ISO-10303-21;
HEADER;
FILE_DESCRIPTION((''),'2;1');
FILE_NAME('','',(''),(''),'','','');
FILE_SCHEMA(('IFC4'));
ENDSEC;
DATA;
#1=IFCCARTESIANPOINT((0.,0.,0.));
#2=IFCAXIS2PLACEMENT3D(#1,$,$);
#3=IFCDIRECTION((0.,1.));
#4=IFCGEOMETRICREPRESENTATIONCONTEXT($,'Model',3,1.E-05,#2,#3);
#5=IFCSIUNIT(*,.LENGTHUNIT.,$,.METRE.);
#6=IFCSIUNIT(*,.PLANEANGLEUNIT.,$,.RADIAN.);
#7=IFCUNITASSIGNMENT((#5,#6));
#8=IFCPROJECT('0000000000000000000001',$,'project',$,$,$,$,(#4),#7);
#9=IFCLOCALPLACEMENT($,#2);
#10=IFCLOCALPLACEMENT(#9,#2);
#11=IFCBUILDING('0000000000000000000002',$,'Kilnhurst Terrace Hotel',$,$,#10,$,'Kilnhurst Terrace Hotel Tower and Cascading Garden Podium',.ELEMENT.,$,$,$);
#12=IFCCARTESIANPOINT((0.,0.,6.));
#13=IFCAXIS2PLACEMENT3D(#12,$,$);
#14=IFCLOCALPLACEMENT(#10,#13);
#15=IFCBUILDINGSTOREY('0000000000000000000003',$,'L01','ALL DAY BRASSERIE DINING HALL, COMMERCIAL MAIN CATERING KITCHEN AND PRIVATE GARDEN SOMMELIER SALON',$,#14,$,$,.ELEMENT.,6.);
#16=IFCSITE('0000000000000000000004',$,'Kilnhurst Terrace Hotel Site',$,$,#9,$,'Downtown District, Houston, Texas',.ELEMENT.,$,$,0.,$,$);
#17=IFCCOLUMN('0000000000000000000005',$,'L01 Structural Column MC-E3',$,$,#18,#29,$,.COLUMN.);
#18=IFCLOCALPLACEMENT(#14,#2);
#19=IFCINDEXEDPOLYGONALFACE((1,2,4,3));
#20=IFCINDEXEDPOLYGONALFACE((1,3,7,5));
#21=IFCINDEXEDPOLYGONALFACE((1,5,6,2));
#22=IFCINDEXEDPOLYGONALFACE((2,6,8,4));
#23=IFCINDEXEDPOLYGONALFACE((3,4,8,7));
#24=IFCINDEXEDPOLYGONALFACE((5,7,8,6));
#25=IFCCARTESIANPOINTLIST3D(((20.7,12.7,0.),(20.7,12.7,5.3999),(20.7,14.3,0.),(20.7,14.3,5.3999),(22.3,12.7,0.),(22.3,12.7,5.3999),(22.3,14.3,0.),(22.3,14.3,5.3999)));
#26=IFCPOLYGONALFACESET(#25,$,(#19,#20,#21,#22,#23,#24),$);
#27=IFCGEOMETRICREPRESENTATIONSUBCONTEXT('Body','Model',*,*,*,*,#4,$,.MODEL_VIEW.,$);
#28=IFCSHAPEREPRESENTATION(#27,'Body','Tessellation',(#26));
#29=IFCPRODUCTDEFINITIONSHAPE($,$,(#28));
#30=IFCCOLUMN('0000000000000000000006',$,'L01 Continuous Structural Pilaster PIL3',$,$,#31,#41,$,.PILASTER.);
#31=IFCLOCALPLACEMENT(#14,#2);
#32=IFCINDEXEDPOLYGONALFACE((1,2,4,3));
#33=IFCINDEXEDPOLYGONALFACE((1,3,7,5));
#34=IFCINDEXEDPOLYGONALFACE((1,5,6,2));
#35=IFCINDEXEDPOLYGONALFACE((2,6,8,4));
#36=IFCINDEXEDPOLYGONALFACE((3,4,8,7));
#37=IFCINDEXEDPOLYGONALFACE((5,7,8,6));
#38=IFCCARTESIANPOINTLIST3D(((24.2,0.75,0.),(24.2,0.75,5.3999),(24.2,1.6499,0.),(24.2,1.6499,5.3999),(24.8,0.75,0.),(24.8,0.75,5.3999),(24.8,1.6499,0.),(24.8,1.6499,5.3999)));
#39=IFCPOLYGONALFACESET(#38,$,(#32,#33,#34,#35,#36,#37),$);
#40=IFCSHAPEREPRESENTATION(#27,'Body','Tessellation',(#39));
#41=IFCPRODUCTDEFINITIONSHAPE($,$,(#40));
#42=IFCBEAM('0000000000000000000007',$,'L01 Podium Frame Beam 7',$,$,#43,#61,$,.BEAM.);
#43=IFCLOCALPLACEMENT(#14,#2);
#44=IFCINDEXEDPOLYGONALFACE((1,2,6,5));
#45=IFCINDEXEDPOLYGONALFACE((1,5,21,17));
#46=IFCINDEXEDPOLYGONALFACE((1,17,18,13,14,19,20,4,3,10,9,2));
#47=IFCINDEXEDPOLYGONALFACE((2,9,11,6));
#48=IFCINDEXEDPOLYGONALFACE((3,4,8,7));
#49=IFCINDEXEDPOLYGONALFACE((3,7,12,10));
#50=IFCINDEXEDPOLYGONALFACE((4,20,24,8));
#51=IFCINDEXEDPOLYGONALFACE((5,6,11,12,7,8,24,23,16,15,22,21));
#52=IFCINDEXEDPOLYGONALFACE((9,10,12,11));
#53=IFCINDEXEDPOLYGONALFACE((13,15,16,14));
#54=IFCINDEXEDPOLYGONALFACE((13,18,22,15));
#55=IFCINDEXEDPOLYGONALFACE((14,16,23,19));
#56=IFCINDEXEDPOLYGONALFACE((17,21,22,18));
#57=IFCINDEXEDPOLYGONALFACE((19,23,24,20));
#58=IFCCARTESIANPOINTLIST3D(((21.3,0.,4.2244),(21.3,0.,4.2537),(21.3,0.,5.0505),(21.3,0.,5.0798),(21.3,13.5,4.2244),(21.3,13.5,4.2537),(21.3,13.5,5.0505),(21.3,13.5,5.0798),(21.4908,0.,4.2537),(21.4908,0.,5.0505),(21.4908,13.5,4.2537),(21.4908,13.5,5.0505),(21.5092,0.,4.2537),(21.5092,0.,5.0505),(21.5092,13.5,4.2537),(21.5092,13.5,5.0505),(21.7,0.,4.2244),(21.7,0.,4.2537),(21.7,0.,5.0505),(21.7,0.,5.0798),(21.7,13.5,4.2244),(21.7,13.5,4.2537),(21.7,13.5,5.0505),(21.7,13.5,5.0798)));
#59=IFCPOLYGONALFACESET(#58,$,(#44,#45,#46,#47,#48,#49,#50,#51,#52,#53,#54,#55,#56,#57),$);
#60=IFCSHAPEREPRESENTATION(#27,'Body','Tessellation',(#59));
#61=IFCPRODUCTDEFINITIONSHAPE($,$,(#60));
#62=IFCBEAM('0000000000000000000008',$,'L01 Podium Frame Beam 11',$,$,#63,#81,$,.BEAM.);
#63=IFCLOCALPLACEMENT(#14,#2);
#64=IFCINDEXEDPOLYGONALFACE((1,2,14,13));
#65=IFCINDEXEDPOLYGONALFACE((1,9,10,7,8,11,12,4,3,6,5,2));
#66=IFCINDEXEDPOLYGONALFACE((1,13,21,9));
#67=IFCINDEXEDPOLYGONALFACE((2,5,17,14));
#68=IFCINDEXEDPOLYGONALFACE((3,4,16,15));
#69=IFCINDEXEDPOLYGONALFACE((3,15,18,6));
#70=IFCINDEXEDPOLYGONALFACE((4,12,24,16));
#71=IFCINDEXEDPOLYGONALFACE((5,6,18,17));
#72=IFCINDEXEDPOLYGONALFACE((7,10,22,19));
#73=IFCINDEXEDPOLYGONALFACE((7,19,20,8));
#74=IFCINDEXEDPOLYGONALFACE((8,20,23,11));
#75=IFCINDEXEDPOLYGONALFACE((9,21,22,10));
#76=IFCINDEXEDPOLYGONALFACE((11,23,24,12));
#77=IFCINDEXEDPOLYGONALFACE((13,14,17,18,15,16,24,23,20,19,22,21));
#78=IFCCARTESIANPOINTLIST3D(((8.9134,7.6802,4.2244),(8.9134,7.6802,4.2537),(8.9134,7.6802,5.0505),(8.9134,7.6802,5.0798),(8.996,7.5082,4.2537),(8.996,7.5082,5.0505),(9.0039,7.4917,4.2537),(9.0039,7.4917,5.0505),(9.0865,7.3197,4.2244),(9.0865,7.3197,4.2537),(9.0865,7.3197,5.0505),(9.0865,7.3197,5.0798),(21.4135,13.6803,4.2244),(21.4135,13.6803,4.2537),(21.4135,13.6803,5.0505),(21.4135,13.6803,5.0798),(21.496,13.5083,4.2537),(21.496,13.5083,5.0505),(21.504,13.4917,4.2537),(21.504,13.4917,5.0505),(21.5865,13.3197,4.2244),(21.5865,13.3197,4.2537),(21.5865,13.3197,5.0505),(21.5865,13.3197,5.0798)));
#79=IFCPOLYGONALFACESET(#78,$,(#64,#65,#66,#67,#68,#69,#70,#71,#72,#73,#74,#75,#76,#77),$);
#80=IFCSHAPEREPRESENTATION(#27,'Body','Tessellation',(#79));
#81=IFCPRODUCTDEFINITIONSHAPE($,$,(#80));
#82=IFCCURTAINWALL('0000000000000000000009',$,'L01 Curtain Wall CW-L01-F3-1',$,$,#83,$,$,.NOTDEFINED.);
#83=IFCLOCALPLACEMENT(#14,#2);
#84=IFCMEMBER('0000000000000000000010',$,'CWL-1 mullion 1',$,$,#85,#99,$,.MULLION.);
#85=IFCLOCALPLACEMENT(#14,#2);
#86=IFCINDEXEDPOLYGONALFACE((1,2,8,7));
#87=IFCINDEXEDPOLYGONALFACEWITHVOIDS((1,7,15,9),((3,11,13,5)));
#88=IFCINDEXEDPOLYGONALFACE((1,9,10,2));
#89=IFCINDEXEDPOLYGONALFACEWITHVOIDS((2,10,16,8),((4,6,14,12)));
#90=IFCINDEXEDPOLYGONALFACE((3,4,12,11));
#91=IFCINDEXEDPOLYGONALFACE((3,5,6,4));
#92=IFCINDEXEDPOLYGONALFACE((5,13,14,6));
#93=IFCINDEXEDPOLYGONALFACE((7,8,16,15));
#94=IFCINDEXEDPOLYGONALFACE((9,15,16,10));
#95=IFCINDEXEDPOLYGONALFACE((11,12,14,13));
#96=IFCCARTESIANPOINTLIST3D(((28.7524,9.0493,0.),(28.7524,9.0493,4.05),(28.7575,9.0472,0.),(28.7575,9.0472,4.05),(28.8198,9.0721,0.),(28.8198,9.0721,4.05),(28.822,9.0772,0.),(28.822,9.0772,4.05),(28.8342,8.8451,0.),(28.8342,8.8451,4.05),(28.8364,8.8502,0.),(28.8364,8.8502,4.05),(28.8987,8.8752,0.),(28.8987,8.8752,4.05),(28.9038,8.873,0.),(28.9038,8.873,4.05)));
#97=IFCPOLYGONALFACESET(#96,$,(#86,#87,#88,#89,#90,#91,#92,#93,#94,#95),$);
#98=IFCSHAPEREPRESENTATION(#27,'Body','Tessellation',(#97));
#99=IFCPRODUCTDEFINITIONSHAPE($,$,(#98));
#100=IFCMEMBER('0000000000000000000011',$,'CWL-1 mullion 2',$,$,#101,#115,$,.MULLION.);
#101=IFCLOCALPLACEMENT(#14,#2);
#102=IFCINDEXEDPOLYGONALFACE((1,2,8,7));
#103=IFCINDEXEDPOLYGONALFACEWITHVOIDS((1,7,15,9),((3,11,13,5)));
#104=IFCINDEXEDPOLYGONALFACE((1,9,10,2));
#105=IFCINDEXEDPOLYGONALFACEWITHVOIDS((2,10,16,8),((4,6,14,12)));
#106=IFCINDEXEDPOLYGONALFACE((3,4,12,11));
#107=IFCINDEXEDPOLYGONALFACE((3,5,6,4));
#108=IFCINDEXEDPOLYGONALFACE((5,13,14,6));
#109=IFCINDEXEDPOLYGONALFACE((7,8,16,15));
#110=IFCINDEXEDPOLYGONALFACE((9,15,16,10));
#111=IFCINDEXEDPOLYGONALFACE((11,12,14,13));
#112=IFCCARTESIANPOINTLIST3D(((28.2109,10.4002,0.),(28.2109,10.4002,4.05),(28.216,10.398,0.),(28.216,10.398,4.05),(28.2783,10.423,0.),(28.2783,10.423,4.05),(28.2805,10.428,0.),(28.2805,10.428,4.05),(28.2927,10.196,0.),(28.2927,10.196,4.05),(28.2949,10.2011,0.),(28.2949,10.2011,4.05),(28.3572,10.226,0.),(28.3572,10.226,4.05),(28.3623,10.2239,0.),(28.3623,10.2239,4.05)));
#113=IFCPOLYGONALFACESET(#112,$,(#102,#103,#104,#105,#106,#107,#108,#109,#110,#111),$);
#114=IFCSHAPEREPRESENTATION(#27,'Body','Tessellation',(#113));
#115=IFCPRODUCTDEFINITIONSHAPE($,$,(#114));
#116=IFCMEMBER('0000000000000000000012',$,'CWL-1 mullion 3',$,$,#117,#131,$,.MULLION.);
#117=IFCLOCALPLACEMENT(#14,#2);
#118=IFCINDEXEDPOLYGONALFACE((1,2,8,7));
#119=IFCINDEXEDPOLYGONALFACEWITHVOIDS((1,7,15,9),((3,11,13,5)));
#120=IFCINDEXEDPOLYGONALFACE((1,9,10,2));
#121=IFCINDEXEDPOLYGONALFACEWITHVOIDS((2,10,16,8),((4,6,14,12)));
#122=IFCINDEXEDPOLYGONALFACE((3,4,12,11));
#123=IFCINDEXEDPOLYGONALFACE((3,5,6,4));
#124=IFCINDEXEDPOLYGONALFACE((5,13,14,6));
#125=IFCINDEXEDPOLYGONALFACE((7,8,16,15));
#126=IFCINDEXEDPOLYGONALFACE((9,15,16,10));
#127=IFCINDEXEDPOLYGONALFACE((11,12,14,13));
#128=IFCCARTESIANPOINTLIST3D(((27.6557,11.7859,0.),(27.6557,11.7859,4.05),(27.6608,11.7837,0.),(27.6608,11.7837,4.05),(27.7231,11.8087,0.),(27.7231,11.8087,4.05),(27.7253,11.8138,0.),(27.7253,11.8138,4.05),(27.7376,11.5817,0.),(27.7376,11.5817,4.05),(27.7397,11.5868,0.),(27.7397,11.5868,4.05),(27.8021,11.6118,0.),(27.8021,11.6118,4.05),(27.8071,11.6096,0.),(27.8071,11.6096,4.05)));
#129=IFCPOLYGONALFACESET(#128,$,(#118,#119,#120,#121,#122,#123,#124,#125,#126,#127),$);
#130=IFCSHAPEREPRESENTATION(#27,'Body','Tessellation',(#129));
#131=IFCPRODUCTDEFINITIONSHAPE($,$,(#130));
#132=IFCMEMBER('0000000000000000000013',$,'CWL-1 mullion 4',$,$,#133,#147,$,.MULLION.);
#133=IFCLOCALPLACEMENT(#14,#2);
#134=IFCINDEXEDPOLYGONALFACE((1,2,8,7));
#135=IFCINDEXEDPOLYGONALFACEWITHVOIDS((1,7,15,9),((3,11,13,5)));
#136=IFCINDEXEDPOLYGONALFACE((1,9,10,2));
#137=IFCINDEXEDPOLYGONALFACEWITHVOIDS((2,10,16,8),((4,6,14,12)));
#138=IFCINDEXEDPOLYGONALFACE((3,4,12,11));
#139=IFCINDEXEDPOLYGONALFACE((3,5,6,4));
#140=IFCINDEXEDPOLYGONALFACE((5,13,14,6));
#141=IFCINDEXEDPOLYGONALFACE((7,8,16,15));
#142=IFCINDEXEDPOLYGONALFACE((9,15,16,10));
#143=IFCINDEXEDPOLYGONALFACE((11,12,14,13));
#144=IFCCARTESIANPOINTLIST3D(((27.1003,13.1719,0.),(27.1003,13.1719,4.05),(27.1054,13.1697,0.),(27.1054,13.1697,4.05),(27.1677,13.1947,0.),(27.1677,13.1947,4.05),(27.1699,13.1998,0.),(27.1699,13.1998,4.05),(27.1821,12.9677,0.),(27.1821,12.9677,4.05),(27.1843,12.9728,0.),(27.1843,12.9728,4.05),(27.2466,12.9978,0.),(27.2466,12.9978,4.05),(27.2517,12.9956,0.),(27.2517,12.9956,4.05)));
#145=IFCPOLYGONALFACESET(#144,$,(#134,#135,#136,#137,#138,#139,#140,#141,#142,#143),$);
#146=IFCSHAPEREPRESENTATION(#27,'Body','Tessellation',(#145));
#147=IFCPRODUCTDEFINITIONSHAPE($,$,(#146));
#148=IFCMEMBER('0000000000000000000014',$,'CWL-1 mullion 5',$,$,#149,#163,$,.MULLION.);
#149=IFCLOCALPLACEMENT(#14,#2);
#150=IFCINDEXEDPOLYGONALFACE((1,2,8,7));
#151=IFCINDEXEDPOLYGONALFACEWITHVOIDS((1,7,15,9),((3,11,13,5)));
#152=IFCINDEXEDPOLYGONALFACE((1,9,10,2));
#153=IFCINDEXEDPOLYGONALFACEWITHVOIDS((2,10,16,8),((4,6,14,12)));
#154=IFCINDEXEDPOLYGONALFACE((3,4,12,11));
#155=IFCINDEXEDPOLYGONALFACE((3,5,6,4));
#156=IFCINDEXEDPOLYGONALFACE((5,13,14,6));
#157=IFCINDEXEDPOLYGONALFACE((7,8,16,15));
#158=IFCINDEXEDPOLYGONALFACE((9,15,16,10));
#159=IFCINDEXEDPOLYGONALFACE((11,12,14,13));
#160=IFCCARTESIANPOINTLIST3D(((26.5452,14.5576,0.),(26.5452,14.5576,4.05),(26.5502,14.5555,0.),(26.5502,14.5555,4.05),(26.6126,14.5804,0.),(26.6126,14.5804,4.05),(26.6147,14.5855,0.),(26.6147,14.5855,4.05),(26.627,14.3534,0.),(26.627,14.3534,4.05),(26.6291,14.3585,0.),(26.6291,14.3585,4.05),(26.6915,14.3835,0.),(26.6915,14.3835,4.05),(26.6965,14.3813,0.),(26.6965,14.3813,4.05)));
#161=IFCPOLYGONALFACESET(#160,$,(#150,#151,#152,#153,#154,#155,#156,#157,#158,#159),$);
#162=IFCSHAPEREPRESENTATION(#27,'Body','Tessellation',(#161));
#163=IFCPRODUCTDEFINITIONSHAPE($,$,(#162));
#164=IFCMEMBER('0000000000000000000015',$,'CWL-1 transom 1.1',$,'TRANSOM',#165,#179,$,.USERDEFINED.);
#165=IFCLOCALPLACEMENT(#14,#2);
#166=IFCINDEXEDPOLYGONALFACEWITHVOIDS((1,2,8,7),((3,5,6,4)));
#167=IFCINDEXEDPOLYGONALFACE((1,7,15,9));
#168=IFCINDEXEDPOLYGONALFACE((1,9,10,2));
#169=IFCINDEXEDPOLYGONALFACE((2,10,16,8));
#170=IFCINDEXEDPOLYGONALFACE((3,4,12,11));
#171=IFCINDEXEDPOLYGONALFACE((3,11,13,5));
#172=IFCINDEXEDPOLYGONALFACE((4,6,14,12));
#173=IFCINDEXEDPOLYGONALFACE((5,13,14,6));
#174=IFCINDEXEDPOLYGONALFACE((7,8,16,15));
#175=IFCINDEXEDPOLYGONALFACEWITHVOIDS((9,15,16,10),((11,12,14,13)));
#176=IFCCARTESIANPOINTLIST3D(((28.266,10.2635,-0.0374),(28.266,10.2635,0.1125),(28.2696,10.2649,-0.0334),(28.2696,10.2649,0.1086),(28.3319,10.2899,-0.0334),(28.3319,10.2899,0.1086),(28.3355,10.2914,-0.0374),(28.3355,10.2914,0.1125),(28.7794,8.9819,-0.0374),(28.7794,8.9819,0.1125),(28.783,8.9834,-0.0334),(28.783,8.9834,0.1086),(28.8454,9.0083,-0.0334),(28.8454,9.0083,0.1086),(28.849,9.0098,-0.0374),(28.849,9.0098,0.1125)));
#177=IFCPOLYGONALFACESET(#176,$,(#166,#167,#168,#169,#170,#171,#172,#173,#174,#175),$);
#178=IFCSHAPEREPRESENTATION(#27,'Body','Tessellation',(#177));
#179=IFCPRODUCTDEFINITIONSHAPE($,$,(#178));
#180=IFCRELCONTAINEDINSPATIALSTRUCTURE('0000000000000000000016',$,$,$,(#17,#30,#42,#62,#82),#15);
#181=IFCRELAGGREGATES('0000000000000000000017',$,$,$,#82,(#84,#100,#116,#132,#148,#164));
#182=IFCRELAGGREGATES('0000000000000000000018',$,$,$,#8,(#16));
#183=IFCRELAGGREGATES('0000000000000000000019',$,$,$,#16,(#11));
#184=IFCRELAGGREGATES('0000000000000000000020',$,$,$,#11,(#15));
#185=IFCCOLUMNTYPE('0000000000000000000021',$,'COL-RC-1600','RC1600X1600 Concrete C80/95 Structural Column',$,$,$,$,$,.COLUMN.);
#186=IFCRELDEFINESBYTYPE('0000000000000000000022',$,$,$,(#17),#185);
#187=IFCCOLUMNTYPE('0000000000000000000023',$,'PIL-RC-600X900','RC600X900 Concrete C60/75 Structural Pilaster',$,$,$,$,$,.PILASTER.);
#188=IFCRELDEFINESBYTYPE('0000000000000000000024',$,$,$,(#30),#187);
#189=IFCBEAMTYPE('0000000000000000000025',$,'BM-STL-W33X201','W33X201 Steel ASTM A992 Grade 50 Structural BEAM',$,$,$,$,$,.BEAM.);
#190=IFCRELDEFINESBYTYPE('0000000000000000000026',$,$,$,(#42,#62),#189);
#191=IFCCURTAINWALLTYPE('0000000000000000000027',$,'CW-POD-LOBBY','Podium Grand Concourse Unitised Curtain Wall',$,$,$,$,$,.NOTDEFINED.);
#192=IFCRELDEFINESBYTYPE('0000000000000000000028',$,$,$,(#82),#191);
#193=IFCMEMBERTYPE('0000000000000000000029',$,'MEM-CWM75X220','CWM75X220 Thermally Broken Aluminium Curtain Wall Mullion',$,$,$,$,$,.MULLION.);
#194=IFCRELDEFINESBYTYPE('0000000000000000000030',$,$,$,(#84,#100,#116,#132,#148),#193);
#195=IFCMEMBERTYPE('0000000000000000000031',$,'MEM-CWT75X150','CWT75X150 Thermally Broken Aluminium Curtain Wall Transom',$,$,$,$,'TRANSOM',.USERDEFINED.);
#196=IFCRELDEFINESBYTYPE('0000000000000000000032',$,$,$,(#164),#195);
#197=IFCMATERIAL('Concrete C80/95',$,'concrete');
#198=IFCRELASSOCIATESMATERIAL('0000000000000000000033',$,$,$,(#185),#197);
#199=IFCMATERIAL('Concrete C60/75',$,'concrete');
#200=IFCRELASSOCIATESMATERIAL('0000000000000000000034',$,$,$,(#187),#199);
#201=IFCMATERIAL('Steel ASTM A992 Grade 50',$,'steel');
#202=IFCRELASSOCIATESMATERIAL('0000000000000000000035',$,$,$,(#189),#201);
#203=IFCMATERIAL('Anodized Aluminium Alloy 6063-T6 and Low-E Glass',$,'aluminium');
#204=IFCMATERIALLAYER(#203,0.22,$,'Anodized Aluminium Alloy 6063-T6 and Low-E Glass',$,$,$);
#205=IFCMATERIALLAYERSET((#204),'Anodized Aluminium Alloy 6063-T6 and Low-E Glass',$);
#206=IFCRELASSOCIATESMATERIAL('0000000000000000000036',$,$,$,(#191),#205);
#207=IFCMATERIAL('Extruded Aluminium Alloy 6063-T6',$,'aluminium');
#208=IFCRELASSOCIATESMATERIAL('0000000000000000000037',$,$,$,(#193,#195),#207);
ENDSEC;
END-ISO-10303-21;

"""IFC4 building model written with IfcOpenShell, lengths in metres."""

from ifc_helpers import new_model, si_unit, direction, frame, origin, origin_2d, place, context, subcontext, project, spatial, rectangle, hollow_rectangle, i_section, extrude, material, layer, layer_set, material_profile, profile_set, type_object, element, aggregate, save


model = new_model("IFC4")

# Units and contexts
model_context = context("Model", 3, precision=1e-05, world=origin(), true_north=direction((0.0, 1.0)))
body_context = subcontext(model_context, "Body", "Model", "MODEL_VIEW")
ifc_project = project(units=[si_unit("LENGTHUNIT", "METRE"), si_unit("PLANEANGLEUNIT", "RADIAN")], contexts=[model_context])

# Site, building, storey
site_placement = place(None, origin())
site = spatial("IfcSite", under=ifc_project, at=site_placement, Name="Kilnhurst Terrace Hotel Site", LongName="Downtown District, Houston, Texas", CompositionType="ELEMENT", RefElevation=0.0)
building_placement = place(site_placement, origin())
building = spatial("IfcBuilding", under=site, at=building_placement, Name="Kilnhurst Terrace Hotel", LongName="Kilnhurst Terrace Hotel Tower and Cascading Garden Podium", CompositionType="ELEMENT")
storey_placement = place(building_placement, frame((0.0, 0.0, 6.0)))
storey = spatial("IfcBuildingStorey", under=building, at=storey_placement, Name="L01", Description="ALL DAY BRASSERIE DINING HALL, COMMERCIAL MAIN CATERING KITCHEN AND PRIVATE GARDEN SOMMELIER SALON", CompositionType="ELEMENT", Elevation=6.0)

# Columns
ifc_material_1 = material(Name="Concrete C80/95", Category="concrete")
ifc_material_profile_1 = material_profile(ifc_material_1, rectangle(XDim=1.6001, YDim=1.6001, at=origin_2d()), Name="RC1600X1600")
ifc_profile_set_1 = profile_set([ifc_material_profile_1], Name="Concrete C80/95")
column_type_1 = type_object("IfcColumnType", Name="COL-RC-1600", Description="RC1600X1600 Concrete C80/95 Structural Column", PredefinedType="COLUMN", material=ifc_profile_set_1)
column_1_placement = place(storey_placement, frame((21.5, 13.5, 0.0), z_axis=(0.0, 0.0, 1.0), x_axis=(1.0, 0.0, 0.0)))
element("IfcColumn", 1, at=column_1_placement, inside=storey, type_object=column_type_1, Name="L01 Structural Column MC-E3", PredefinedType="COLUMN", context=body_context, shape_type="SweptSolid", body=[
    extrude(rectangle(XDim=1.6001, YDim=1.6001, at=origin_2d()), origin(), (0.0, 0.0, 1.0), 5.3999),
])
ifc_material_2 = material(Name="Concrete C60/75", Category="concrete")
ifc_material_profile_2 = material_profile(ifc_material_2, rectangle(XDim=0.6001, YDim=0.8999, at=origin_2d()), Name="RC600X900")
ifc_profile_set_2 = profile_set([ifc_material_profile_2], Name="Concrete C60/75")
column_type_2 = type_object("IfcColumnType", Name="PIL-RC-600X900", Description="RC600X900 Concrete C60/75 Structural Pilaster", PredefinedType="PILASTER", material=ifc_profile_set_2)
column_2_placement = place(storey_placement, frame((24.5, 1.2, 0.0), z_axis=(0.0, 0.0, 1.0), x_axis=(1.0, 0.0, 0.0)))
element("IfcColumn", 2, at=column_2_placement, inside=storey, type_object=column_type_2, Name="L01 Continuous Structural Pilaster PIL3", PredefinedType="PILASTER", context=body_context, shape_type="SweptSolid", body=[
    extrude(rectangle(XDim=0.6001, YDim=0.8999, at=origin_2d()), origin(), (0.0, 0.0, 1.0), 5.3999),
])

# Beams
ifc_material_3 = material(Name="Steel ASTM A992 Grade 50", Category="steel")
ifc_material_profile_3 = material_profile(ifc_material_3, i_section(OverallWidth=0.3999, OverallDepth=0.8555, WebThickness=0.0183, FlangeThickness=0.0293, at=origin_2d()), Name="W33X201")
ifc_profile_set_3 = profile_set([ifc_material_profile_3], Name="Steel ASTM A992 Grade 50")
beam_type_1 = type_object("IfcBeamType", Name="BM-STL-W33X201", Description="W33X201 Steel ASTM A992 Grade 50 Structural BEAM", PredefinedType="BEAM", material=ifc_profile_set_3)
beam_1_placement = place(storey_placement, frame((21.5, 13.5, 4.6521), z_axis=(0.0, -1.0, 0.0), x_axis=(1.0, 0.0, 0.0)))
element("IfcBeam", 3, at=beam_1_placement, inside=storey, type_object=beam_type_1, Name="L01 Podium Frame Beam 7", PredefinedType="BEAM", context=body_context, shape_type="SweptSolid", body=[
    extrude(i_section(OverallWidth=0.3999, OverallDepth=0.8555, WebThickness=0.0183, FlangeThickness=0.0293, at=origin_2d()), origin(), (0.0, 0.0, 1.0), 13.5),
])
beam_2_placement = place(storey_placement, frame((21.5, 13.5, 4.6521), z_axis=(-0.901523, -0.432731, 0.0), x_axis=(0.432731, -0.901523, 0.0)))
element("IfcBeam", 4, at=beam_2_placement, inside=storey, type_object=beam_type_1, Name="L01 Podium Frame Beam 11", PredefinedType="BEAM", context=body_context, shape_type="SweptSolid", body=[
    extrude(i_section(OverallWidth=0.3999, OverallDepth=0.8555, WebThickness=0.0183, FlangeThickness=0.0293, at=origin_2d()), origin(), (0.0, 0.0, 1.0), 13.8655),
])

# Curtain wall, members
ifc_material_4 = material(Name="Anodized Aluminium Alloy 6063-T6 and Low-E Glass", Category="aluminium")
ifc_layer_1 = layer(ifc_material_4, 0.22, Name="Anodized Aluminium Alloy 6063-T6 and Low-E Glass")
ifc_layer_set_1 = layer_set([ifc_layer_1], Name="Anodized Aluminium Alloy 6063-T6 and Low-E Glass")
curtain_wall_type = type_object("IfcCurtainWallType", Name="CW-POD-LOBBY", Description="Podium Grand Concourse Unitised Curtain Wall", PredefinedType="NOTDEFINED", material=ifc_layer_set_1)
curtain_wall_placement = place(storey_placement, origin())
curtain_wall = element("IfcCurtainWall", 5, at=curtain_wall_placement, inside=storey, type_object=curtain_wall_type, Name="L01 Curtain Wall CW-L01-F3-1", PredefinedType="NOTDEFINED")
ifc_material_5 = material(Name="Extruded Aluminium Alloy 6063-T6", Category="aluminium")
ifc_material_profile_4 = material_profile(ifc_material_5, hollow_rectangle(XDim=0.075, YDim=0.22, WallThickness=0.0039, at=origin_2d()), Name="CWM75X220")
ifc_profile_set_4 = profile_set([ifc_material_profile_4], Name="Extruded Aluminium Alloy 6063-T6")
member_type_1 = type_object("IfcMemberType", Name="MEM-CWM75X220", Description="CWM75X220 Thermally Broken Aluminium Curtain Wall Mullion", PredefinedType="MULLION", material=ifc_profile_set_4)
member_1_placement = place(storey_placement, frame((28.8281, 8.9612, 0.0), z_axis=(0.0, 0.0, 1.0), x_axis=(-0.928251, -0.371955, 0.0)))
member_1 = element("IfcMember", 6, at=member_1_placement, type_object=member_type_1, Name="CWL-1 mullion 1", PredefinedType="MULLION", context=body_context, shape_type="SweptSolid", body=[
    extrude(hollow_rectangle(XDim=0.075, YDim=0.22, WallThickness=0.0039, at=origin_2d()), origin(), (0.0, 0.0, 1.0), 4.05),
])
member_2_placement = place(storey_placement, frame((28.2866, 10.312, 0.0), z_axis=(0.0, 0.0, 1.0), x_axis=(-0.928251, -0.371955, 0.0)))
member_2 = element("IfcMember", 7, at=member_2_placement, type_object=member_type_1, Name="CWL-1 mullion 2", PredefinedType="MULLION", context=body_context, shape_type="SweptSolid", body=[
    extrude(hollow_rectangle(XDim=0.075, YDim=0.22, WallThickness=0.0039, at=origin_2d()), origin(), (0.0, 0.0, 1.0), 4.05),
])
member_3_placement = place(storey_placement, frame((27.7314, 11.6978, 0.0), z_axis=(0.0, 0.0, 1.0), x_axis=(-0.928251, -0.371955, 0.0)))
member_3 = element("IfcMember", 8, at=member_3_placement, type_object=member_type_1, Name="CWL-1 mullion 3", PredefinedType="MULLION", context=body_context, shape_type="SweptSolid", body=[
    extrude(hollow_rectangle(XDim=0.075, YDim=0.22, WallThickness=0.0039, at=origin_2d()), origin(), (0.0, 0.0, 1.0), 4.05),
])
member_4_placement = place(storey_placement, frame((27.176, 13.0837, 0.0), z_axis=(0.0, 0.0, 1.0), x_axis=(-0.928251, -0.371955, 0.0)))
member_4 = element("IfcMember", 9, at=member_4_placement, type_object=member_type_1, Name="CWL-1 mullion 4", PredefinedType="MULLION", context=body_context, shape_type="SweptSolid", body=[
    extrude(hollow_rectangle(XDim=0.075, YDim=0.22, WallThickness=0.0039, at=origin_2d()), origin(), (0.0, 0.0, 1.0), 4.05),
])
member_5_placement = place(storey_placement, frame((26.6208, 14.4695, 0.0), z_axis=(0.0, 0.0, 1.0), x_axis=(-0.928251, -0.371955, 0.0)))
member_5 = element("IfcMember", 10, at=member_5_placement, type_object=member_type_1, Name="CWL-1 mullion 5", PredefinedType="MULLION", context=body_context, shape_type="SweptSolid", body=[
    extrude(hollow_rectangle(XDim=0.075, YDim=0.22, WallThickness=0.0039, at=origin_2d()), origin(), (0.0, 0.0, 1.0), 4.05),
])
ifc_material_profile_5 = material_profile(ifc_material_5, hollow_rectangle(XDim=0.075, YDim=0.1499, WallThickness=0.0039, at=origin_2d()), Name="CWT75X150")
ifc_profile_set_5 = profile_set([ifc_material_profile_5], Name="Extruded Aluminium Alloy 6063-T6")
member_type_2 = type_object("IfcMemberType", Name="MEM-CWT75X150", Description="CWT75X150 Thermally Broken Aluminium Curtain Wall Transom", ElementType="TRANSOM", PredefinedType="USERDEFINED", material=ifc_profile_set_5)
member_6_placement = place(storey_placement, frame((28.8142, 8.9958, 0.0376), z_axis=(-0.371909, 0.928269, 0.0), x_axis=(-0.928269, -0.371909, 0.0)))
member_6 = element("IfcMember", 11, at=member_6_placement, type_object=member_type_2, Name="CWL-1 transom 1.1", ObjectType="TRANSOM", PredefinedType="USERDEFINED", context=body_context, shape_type="SweptSolid", body=[
    extrude(hollow_rectangle(XDim=0.075, YDim=0.1499, WallThickness=0.0039, at=origin_2d()), origin(), (0.0, 0.0, 1.0), 1.3806),
])

aggregate(curtain_wall, [member_1, member_2, member_3, member_4, member_5, member_6])

save(model, "model.ifc")
